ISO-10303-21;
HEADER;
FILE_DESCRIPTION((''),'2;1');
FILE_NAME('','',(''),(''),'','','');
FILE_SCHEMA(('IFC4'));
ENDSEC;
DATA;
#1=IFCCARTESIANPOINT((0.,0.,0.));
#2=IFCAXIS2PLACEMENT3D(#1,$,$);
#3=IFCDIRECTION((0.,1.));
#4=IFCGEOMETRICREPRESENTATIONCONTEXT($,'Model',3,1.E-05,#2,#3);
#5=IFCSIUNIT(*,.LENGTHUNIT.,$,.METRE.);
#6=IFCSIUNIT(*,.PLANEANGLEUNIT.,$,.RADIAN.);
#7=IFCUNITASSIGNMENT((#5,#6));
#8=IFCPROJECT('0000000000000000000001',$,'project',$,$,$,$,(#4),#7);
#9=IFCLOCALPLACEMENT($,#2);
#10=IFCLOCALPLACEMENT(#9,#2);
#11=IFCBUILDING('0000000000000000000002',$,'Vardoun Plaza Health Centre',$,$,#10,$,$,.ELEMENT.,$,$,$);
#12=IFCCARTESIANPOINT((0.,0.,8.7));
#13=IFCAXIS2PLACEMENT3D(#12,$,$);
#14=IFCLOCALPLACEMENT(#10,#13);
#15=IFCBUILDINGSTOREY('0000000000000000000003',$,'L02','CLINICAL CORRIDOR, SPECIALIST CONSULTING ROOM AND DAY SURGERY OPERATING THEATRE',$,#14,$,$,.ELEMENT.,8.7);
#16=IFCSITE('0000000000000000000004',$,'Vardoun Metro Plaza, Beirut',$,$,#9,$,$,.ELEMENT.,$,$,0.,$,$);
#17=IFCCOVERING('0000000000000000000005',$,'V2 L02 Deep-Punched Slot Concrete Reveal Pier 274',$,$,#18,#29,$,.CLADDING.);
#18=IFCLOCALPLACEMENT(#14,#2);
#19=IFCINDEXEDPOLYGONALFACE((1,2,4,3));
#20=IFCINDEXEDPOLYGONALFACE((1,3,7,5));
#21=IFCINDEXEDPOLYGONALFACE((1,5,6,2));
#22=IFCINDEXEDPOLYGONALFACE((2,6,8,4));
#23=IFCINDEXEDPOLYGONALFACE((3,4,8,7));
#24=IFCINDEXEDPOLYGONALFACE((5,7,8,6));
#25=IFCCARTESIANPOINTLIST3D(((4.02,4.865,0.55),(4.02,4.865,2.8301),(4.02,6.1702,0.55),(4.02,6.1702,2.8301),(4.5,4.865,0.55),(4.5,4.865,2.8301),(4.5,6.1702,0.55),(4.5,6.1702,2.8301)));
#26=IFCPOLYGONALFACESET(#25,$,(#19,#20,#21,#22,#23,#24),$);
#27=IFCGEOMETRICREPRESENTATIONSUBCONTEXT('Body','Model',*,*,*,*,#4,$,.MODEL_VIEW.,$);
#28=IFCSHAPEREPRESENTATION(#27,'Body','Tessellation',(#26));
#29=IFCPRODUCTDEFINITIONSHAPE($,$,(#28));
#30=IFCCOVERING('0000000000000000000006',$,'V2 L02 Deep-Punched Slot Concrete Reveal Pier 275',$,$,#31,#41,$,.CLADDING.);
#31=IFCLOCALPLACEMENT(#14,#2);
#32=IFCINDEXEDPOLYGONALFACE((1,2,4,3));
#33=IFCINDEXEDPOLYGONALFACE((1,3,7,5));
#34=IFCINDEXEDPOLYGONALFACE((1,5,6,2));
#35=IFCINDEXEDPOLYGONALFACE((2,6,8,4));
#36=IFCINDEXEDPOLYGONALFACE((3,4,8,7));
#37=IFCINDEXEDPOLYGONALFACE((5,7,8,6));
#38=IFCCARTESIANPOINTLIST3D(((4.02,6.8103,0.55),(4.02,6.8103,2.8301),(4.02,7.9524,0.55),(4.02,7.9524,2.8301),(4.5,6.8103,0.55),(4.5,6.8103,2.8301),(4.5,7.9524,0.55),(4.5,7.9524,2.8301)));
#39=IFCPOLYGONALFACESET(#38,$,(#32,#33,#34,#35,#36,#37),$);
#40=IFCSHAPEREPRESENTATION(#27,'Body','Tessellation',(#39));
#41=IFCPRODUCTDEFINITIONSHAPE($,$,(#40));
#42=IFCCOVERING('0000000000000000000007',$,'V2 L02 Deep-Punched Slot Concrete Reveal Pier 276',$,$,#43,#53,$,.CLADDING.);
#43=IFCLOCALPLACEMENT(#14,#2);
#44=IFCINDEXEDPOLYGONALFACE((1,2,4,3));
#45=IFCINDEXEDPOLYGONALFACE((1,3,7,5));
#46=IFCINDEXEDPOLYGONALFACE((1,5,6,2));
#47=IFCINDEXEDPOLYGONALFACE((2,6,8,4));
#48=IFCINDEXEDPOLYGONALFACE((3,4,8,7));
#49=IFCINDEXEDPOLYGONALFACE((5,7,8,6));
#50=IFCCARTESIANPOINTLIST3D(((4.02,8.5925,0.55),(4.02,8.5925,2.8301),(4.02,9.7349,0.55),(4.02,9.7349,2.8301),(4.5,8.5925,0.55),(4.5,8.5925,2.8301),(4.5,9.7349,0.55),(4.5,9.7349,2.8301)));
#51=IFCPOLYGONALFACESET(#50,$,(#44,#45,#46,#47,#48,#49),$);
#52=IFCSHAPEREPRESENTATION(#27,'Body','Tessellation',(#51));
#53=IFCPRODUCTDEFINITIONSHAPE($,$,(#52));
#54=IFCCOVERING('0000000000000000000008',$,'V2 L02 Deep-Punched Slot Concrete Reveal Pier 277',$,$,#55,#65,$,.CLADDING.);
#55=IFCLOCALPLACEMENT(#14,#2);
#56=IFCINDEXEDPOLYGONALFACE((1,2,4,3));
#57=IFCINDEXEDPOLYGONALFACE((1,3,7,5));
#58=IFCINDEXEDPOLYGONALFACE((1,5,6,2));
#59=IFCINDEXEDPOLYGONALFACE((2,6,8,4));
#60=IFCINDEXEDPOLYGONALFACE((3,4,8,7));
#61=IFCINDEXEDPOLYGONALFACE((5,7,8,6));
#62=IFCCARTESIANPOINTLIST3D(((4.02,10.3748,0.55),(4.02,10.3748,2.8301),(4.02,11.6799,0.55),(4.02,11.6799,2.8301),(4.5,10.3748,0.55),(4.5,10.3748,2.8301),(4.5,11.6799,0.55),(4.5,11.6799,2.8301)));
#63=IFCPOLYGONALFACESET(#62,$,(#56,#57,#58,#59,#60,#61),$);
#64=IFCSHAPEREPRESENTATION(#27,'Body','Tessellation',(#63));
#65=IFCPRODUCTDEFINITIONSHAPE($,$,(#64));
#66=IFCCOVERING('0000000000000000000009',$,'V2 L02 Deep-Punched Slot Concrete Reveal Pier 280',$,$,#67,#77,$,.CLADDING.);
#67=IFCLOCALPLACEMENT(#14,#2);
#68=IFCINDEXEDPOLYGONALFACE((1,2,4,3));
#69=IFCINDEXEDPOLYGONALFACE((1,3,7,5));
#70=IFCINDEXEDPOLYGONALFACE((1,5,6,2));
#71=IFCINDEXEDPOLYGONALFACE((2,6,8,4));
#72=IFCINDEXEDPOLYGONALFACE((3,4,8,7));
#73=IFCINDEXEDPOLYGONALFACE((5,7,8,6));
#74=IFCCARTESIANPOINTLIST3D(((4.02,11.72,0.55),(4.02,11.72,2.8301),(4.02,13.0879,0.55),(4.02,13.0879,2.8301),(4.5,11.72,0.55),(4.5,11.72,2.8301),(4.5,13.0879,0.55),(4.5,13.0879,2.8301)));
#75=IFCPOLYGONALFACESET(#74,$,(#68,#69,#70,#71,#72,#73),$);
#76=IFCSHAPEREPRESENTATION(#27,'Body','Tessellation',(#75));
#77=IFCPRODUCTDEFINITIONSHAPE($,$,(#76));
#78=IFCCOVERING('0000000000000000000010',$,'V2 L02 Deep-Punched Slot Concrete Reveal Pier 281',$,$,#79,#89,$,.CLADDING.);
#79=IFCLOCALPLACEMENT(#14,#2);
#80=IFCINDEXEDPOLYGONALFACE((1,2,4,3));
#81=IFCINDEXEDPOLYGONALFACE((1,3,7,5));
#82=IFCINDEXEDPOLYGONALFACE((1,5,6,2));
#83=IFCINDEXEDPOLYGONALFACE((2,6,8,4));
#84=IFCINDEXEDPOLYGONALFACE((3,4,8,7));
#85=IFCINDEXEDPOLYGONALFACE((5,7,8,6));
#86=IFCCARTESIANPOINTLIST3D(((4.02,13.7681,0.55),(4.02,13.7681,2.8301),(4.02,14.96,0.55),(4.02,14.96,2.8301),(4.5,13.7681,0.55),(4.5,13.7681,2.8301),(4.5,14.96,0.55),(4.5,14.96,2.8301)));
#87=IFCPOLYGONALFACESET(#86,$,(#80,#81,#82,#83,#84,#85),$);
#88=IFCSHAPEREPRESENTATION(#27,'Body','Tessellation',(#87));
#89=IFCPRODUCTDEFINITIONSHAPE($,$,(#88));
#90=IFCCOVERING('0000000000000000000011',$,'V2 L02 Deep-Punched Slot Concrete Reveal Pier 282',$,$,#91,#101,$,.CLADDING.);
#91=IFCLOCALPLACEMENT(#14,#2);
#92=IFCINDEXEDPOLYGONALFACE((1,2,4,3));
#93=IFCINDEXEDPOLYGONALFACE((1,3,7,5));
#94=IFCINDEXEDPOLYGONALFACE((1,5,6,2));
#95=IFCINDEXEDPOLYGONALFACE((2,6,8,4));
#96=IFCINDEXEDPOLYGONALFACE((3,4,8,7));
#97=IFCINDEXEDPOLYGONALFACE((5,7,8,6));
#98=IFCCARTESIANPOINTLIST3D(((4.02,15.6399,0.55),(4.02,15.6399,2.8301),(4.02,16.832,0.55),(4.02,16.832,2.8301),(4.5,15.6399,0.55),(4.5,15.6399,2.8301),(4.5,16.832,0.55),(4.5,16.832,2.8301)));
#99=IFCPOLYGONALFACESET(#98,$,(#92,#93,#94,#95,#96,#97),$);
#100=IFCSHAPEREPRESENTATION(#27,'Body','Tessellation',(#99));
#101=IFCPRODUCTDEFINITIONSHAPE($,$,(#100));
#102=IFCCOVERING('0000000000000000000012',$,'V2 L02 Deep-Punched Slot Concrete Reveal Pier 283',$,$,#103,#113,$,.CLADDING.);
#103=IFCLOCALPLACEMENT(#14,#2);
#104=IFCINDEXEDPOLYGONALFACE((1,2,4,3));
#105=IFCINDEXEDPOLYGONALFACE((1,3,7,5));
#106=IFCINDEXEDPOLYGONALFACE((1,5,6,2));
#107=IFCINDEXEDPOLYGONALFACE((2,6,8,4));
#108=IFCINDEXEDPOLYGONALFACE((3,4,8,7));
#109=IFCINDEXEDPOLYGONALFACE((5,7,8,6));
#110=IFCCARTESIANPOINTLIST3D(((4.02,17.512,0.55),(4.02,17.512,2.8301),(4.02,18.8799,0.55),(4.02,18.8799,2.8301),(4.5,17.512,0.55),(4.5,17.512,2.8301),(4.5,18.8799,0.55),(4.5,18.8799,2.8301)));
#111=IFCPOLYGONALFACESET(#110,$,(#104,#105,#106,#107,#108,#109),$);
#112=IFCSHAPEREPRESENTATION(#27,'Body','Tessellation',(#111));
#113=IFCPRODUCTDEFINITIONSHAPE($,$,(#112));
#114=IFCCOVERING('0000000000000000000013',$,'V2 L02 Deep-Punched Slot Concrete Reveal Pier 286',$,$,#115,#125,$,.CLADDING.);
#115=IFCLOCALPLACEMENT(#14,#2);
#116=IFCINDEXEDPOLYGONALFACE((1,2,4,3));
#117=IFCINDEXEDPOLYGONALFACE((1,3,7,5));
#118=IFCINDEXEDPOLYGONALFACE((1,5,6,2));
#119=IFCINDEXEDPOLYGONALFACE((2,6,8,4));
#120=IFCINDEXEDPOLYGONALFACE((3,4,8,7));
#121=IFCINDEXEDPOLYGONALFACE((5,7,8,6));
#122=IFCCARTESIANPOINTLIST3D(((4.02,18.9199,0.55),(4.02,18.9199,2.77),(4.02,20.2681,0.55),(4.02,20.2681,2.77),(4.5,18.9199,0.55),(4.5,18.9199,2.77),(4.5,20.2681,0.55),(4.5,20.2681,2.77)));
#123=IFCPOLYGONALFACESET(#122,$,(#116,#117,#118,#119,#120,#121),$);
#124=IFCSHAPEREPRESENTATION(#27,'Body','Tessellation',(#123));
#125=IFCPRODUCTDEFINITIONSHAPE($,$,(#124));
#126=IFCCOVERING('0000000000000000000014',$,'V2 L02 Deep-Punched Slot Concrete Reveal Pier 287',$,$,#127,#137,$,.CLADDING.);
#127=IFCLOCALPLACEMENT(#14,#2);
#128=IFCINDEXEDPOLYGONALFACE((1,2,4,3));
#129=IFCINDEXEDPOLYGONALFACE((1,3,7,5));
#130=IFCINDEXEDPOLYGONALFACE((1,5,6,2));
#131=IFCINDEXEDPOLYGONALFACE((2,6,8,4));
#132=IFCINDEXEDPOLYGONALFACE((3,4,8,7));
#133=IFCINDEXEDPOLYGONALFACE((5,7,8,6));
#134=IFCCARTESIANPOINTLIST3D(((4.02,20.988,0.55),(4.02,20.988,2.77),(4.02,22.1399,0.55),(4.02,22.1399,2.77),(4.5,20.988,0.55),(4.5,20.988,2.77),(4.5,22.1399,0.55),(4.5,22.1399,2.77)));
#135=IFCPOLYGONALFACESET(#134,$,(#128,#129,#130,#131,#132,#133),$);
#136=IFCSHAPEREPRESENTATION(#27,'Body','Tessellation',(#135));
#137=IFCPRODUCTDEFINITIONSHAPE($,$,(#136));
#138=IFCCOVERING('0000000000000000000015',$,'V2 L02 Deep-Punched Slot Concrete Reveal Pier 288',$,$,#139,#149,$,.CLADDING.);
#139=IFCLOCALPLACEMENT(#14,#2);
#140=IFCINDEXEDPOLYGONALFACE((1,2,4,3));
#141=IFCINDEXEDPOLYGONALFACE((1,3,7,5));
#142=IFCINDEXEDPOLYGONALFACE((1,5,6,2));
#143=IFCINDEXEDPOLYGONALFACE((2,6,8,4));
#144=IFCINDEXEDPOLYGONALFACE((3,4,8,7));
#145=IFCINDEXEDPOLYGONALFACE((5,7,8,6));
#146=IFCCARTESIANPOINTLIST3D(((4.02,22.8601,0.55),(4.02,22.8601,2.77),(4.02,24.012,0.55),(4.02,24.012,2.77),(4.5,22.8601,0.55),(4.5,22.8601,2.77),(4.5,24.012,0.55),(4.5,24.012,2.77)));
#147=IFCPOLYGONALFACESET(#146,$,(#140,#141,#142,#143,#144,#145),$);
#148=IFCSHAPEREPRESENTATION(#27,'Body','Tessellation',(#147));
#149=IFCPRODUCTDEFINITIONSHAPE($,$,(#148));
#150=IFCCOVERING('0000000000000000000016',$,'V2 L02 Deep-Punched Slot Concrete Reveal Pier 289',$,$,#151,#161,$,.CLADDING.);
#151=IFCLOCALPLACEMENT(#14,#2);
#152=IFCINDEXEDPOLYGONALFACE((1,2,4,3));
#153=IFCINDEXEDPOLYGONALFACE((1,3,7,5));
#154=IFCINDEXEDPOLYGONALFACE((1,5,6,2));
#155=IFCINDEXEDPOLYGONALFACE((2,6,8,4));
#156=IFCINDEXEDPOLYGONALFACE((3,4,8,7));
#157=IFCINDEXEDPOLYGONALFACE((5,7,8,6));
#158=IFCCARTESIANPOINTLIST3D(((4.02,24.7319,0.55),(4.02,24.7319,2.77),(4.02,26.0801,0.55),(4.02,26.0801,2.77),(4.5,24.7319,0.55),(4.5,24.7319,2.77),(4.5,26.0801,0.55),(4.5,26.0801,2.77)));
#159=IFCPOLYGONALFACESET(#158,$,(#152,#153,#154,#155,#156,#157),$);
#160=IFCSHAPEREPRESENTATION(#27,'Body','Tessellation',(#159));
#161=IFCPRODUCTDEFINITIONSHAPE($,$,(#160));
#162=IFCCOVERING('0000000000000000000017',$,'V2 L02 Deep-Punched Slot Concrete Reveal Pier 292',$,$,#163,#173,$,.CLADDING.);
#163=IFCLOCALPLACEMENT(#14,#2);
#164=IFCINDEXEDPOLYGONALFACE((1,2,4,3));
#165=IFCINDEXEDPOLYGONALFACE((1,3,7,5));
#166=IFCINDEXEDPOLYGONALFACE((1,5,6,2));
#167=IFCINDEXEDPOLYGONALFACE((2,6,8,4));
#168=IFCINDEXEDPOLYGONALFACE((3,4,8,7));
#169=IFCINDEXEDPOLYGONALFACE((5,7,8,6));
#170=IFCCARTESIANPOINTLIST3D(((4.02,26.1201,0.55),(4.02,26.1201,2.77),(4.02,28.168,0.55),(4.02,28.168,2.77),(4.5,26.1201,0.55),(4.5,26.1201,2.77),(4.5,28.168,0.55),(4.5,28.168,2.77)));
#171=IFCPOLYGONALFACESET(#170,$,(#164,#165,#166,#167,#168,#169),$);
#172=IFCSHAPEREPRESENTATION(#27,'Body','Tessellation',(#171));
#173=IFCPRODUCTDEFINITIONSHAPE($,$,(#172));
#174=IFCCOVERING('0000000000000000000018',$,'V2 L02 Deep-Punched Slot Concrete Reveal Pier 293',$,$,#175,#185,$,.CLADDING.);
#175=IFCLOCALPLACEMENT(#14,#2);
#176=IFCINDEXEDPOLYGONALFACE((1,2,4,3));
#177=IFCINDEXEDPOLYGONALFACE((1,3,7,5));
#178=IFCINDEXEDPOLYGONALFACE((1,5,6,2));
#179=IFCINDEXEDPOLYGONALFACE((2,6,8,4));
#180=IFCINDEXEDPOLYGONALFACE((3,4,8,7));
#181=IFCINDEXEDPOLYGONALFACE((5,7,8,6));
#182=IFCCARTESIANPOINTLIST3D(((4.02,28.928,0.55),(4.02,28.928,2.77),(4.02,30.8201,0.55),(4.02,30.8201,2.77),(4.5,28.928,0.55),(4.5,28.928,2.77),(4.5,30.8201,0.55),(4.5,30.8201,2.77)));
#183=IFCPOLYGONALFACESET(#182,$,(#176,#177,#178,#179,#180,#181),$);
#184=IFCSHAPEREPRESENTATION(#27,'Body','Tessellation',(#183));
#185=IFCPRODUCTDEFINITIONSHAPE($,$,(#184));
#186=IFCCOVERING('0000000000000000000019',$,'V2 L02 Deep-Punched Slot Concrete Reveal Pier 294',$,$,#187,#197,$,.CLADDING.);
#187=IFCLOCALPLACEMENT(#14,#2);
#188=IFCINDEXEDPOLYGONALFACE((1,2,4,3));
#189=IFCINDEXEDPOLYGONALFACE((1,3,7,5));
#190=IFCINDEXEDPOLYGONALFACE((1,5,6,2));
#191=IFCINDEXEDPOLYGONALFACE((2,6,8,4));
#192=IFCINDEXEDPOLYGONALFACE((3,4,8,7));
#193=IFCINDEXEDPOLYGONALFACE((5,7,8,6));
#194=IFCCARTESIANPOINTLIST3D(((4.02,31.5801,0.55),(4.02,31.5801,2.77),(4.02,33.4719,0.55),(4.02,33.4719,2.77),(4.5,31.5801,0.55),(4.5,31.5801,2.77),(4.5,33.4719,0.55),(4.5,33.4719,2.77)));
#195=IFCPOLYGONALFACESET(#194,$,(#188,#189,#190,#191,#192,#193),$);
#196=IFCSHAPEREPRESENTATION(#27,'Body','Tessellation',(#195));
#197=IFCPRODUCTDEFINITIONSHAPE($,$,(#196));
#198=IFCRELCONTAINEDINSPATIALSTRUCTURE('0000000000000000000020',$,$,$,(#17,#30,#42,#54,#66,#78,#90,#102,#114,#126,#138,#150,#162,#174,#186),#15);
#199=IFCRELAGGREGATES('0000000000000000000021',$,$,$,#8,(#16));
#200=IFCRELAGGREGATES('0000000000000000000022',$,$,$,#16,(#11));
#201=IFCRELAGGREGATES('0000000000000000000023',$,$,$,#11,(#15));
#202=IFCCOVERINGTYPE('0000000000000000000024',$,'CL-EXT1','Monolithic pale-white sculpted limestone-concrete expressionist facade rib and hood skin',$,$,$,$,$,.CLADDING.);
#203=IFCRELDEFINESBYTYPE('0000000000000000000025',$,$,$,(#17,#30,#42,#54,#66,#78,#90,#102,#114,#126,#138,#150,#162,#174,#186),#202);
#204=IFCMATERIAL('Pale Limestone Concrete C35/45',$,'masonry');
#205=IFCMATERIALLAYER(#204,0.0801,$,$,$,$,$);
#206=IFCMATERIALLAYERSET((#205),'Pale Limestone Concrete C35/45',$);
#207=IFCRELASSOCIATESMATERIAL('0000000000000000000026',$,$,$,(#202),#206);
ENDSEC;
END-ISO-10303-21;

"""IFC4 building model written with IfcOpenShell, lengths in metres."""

from ifc_helpers import new_model, si_unit, direction, frame, origin, place, context, subcontext, project, spatial, polyline, outline, extrude, material, layer, layer_set, type_object, element, save


model = new_model("IFC4")

# Units and contexts
model_context = context("Model", 3, precision=1e-05, world=origin(), true_north=direction((0.0, 1.0)))
body_context = subcontext(model_context, "Body", "Model", "MODEL_VIEW")
ifc_project = project(units=[si_unit("LENGTHUNIT", "METRE"), si_unit("PLANEANGLEUNIT", "RADIAN")], contexts=[model_context])

# Site, building, storey
site_placement = place(None, origin())
site = spatial("IfcSite", under=ifc_project, at=site_placement, Name="Vardoun Metro Plaza, Beirut", CompositionType="ELEMENT", RefElevation=0.0)
building_placement = place(site_placement, origin())
building = spatial("IfcBuilding", under=site, at=building_placement, Name="Vardoun Plaza Health Centre", CompositionType="ELEMENT")
storey_placement = place(building_placement, frame((0.0, 0.0, 8.7)))
storey = spatial("IfcBuildingStorey", under=building, at=storey_placement, Name="L02", Description="CLINICAL CORRIDOR, SPECIALIST CONSULTING ROOM AND DAY SURGERY OPERATING THEATRE", CompositionType="ELEMENT", Elevation=8.7)

# Coverings
ifc_material = material(Name="Pale Limestone Concrete C35/45", Category="masonry")
ifc_layer = layer(ifc_material, 0.0801)
ifc_layer_set = layer_set([ifc_layer], Name="Pale Limestone Concrete C35/45")
covering_type = type_object("IfcCoveringType", Name="CL-EXT1", Description="Monolithic pale-white sculpted limestone-concrete expressionist facade rib and hood skin", PredefinedType="CLADDING", material=ifc_layer_set)
covering_1_placement = place(storey_placement, frame((0.0, 0.0, 0.55)))
element("IfcCovering", 1, at=covering_1_placement, inside=storey, type_object=covering_type, Name="V2 L02 Deep-Punched Slot Concrete Reveal Pier 274", PredefinedType="CLADDING", context=body_context, shape_type="SweptSolid", body=[
    extrude(outline(polyline([(4.5, 4.865), (4.5, 6.1702), (4.02, 6.1702), (4.02, 4.865), (4.5, 4.865)])), origin(), (0.0, 0.0, 1.0), 2.28),
])
covering_2_placement = place(storey_placement, frame((0.0, 0.0, 0.55)))
element("IfcCovering", 2, at=covering_2_placement, inside=storey, type_object=covering_type, Name="V2 L02 Deep-Punched Slot Concrete Reveal Pier 275", PredefinedType="CLADDING", context=body_context, shape_type="SweptSolid", body=[
    extrude(outline(polyline([(4.5, 6.8103), (4.5, 7.9524), (4.02, 7.9524), (4.02, 6.8103), (4.5, 6.8103)])), origin(), (0.0, 0.0, 1.0), 2.28),
])
covering_3_placement = place(storey_placement, frame((0.0, 0.0, 0.55)))
element("IfcCovering", 3, at=covering_3_placement, inside=storey, type_object=covering_type, Name="V2 L02 Deep-Punched Slot Concrete Reveal Pier 276", PredefinedType="CLADDING", context=body_context, shape_type="SweptSolid", body=[
    extrude(outline(polyline([(4.5, 8.5925), (4.5, 9.7349), (4.02, 9.7349), (4.02, 8.5925), (4.5, 8.5925)])), origin(), (0.0, 0.0, 1.0), 2.28),
])
covering_4_placement = place(storey_placement, frame((0.0, 0.0, 0.55)))
element("IfcCovering", 4, at=covering_4_placement, inside=storey, type_object=covering_type, Name="V2 L02 Deep-Punched Slot Concrete Reveal Pier 277", PredefinedType="CLADDING", context=body_context, shape_type="SweptSolid", body=[
    extrude(outline(polyline([(4.5, 10.3748), (4.5, 11.6799), (4.02, 11.6799), (4.02, 10.3748), (4.5, 10.3748)])), origin(), (0.0, 0.0, 1.0), 2.28),
])
covering_5_placement = place(storey_placement, frame((0.0, 0.0, 0.55)))
element("IfcCovering", 5, at=covering_5_placement, inside=storey, type_object=covering_type, Name="V2 L02 Deep-Punched Slot Concrete Reveal Pier 280", PredefinedType="CLADDING", context=body_context, shape_type="SweptSolid", body=[
    extrude(outline(polyline([(4.5, 11.72), (4.5, 13.0879), (4.02, 13.0879), (4.02, 11.72), (4.5, 11.72)])), origin(), (0.0, 0.0, 1.0), 2.28),
])
covering_6_placement = place(storey_placement, frame((0.0, 0.0, 0.55)))
element("IfcCovering", 6, at=covering_6_placement, inside=storey, type_object=covering_type, Name="V2 L02 Deep-Punched Slot Concrete Reveal Pier 281", PredefinedType="CLADDING", context=body_context, shape_type="SweptSolid", body=[
    extrude(outline(polyline([(4.5, 13.7681), (4.5, 14.96), (4.02, 14.96), (4.02, 13.7681), (4.5, 13.7681)])), origin(), (0.0, 0.0, 1.0), 2.28),
])
covering_7_placement = place(storey_placement, frame((0.0, 0.0, 0.55)))
element("IfcCovering", 7, at=covering_7_placement, inside=storey, type_object=covering_type, Name="V2 L02 Deep-Punched Slot Concrete Reveal Pier 282", PredefinedType="CLADDING", context=body_context, shape_type="SweptSolid", body=[
    extrude(outline(polyline([(4.5, 15.6399), (4.5, 16.832), (4.02, 16.832), (4.02, 15.6399), (4.5, 15.6399)])), origin(), (0.0, 0.0, 1.0), 2.28),
])
covering_8_placement = place(storey_placement, frame((0.0, 0.0, 0.55)))
element("IfcCovering", 8, at=covering_8_placement, inside=storey, type_object=covering_type, Name="V2 L02 Deep-Punched Slot Concrete Reveal Pier 283", PredefinedType="CLADDING", context=body_context, shape_type="SweptSolid", body=[
    extrude(outline(polyline([(4.5, 17.512), (4.5, 18.8799), (4.02, 18.8799), (4.02, 17.512), (4.5, 17.512)])), origin(), (0.0, 0.0, 1.0), 2.28),
])
covering_9_placement = place(storey_placement, frame((0.0, 0.0, 0.55)))
element("IfcCovering", 9, at=covering_9_placement, inside=storey, type_object=covering_type, Name="V2 L02 Deep-Punched Slot Concrete Reveal Pier 286", PredefinedType="CLADDING", context=body_context, shape_type="SweptSolid", body=[
    extrude(outline(polyline([(4.5, 18.9199), (4.5, 20.2681), (4.02, 20.2681), (4.02, 18.9199), (4.5, 18.9199)])), origin(), (0.0, 0.0, 1.0), 2.22),
])
covering_10_placement = place(storey_placement, frame((0.0, 0.0, 0.55)))
element("IfcCovering", 10, at=covering_10_placement, inside=storey, type_object=covering_type, Name="V2 L02 Deep-Punched Slot Concrete Reveal Pier 287", PredefinedType="CLADDING", context=body_context, shape_type="SweptSolid", body=[
    extrude(outline(polyline([(4.5, 20.988), (4.5, 22.1399), (4.02, 22.1399), (4.02, 20.988), (4.5, 20.988)])), origin(), (0.0, 0.0, 1.0), 2.22),
])
covering_11_placement = place(storey_placement, frame((0.0, 0.0, 0.55)))
element("IfcCovering", 11, at=covering_11_placement, inside=storey, type_object=covering_type, Name="V2 L02 Deep-Punched Slot Concrete Reveal Pier 288", PredefinedType="CLADDING", context=body_context, shape_type="SweptSolid", body=[
    extrude(outline(polyline([(4.5, 22.8601), (4.5, 24.012), (4.02, 24.012), (4.02, 22.8601), (4.5, 22.8601)])), origin(), (0.0, 0.0, 1.0), 2.22),
])
covering_12_placement = place(storey_placement, frame((0.0, 0.0, 0.55)))
element("IfcCovering", 12, at=covering_12_placement, inside=storey, type_object=covering_type, Name="V2 L02 Deep-Punched Slot Concrete Reveal Pier 289", PredefinedType="CLADDING", context=body_context, shape_type="SweptSolid", body=[
    extrude(outline(polyline([(4.5, 24.7319), (4.5, 26.0801), (4.02, 26.0801), (4.02, 24.7319), (4.5, 24.7319)])), origin(), (0.0, 0.0, 1.0), 2.22),
])
covering_13_placement = place(storey_placement, frame((0.0, 0.0, 0.55)))
element("IfcCovering", 13, at=covering_13_placement, inside=storey, type_object=covering_type, Name="V2 L02 Deep-Punched Slot Concrete Reveal Pier 292", PredefinedType="CLADDING", context=body_context, shape_type="SweptSolid", body=[
    extrude(outline(polyline([(4.5, 26.1201), (4.5, 28.168), (4.02, 28.168), (4.02, 26.1201), (4.5, 26.1201)])), origin(), (0.0, 0.0, 1.0), 2.22),
])
covering_14_placement = place(storey_placement, frame((0.0, 0.0, 0.55)))
element("IfcCovering", 14, at=covering_14_placement, inside=storey, type_object=covering_type, Name="V2 L02 Deep-Punched Slot Concrete Reveal Pier 293", PredefinedType="CLADDING", context=body_context, shape_type="SweptSolid", body=[
    extrude(outline(polyline([(4.5, 28.928), (4.5, 30.8201), (4.02, 30.8201), (4.02, 28.928), (4.5, 28.928)])), origin(), (0.0, 0.0, 1.0), 2.22),
])
covering_15_placement = place(storey_placement, frame((0.0, 0.0, 0.55)))
element("IfcCovering", 15, at=covering_15_placement, inside=storey, type_object=covering_type, Name="V2 L02 Deep-Punched Slot Concrete Reveal Pier 294", PredefinedType="CLADDING", context=body_context, shape_type="SweptSolid", body=[
    extrude(outline(polyline([(4.5, 31.5801), (4.5, 33.4719), (4.02, 33.4719), (4.02, 31.5801), (4.5, 31.5801)])), origin(), (0.0, 0.0, 1.0), 2.22),
])

save(model, "model.ifc")
